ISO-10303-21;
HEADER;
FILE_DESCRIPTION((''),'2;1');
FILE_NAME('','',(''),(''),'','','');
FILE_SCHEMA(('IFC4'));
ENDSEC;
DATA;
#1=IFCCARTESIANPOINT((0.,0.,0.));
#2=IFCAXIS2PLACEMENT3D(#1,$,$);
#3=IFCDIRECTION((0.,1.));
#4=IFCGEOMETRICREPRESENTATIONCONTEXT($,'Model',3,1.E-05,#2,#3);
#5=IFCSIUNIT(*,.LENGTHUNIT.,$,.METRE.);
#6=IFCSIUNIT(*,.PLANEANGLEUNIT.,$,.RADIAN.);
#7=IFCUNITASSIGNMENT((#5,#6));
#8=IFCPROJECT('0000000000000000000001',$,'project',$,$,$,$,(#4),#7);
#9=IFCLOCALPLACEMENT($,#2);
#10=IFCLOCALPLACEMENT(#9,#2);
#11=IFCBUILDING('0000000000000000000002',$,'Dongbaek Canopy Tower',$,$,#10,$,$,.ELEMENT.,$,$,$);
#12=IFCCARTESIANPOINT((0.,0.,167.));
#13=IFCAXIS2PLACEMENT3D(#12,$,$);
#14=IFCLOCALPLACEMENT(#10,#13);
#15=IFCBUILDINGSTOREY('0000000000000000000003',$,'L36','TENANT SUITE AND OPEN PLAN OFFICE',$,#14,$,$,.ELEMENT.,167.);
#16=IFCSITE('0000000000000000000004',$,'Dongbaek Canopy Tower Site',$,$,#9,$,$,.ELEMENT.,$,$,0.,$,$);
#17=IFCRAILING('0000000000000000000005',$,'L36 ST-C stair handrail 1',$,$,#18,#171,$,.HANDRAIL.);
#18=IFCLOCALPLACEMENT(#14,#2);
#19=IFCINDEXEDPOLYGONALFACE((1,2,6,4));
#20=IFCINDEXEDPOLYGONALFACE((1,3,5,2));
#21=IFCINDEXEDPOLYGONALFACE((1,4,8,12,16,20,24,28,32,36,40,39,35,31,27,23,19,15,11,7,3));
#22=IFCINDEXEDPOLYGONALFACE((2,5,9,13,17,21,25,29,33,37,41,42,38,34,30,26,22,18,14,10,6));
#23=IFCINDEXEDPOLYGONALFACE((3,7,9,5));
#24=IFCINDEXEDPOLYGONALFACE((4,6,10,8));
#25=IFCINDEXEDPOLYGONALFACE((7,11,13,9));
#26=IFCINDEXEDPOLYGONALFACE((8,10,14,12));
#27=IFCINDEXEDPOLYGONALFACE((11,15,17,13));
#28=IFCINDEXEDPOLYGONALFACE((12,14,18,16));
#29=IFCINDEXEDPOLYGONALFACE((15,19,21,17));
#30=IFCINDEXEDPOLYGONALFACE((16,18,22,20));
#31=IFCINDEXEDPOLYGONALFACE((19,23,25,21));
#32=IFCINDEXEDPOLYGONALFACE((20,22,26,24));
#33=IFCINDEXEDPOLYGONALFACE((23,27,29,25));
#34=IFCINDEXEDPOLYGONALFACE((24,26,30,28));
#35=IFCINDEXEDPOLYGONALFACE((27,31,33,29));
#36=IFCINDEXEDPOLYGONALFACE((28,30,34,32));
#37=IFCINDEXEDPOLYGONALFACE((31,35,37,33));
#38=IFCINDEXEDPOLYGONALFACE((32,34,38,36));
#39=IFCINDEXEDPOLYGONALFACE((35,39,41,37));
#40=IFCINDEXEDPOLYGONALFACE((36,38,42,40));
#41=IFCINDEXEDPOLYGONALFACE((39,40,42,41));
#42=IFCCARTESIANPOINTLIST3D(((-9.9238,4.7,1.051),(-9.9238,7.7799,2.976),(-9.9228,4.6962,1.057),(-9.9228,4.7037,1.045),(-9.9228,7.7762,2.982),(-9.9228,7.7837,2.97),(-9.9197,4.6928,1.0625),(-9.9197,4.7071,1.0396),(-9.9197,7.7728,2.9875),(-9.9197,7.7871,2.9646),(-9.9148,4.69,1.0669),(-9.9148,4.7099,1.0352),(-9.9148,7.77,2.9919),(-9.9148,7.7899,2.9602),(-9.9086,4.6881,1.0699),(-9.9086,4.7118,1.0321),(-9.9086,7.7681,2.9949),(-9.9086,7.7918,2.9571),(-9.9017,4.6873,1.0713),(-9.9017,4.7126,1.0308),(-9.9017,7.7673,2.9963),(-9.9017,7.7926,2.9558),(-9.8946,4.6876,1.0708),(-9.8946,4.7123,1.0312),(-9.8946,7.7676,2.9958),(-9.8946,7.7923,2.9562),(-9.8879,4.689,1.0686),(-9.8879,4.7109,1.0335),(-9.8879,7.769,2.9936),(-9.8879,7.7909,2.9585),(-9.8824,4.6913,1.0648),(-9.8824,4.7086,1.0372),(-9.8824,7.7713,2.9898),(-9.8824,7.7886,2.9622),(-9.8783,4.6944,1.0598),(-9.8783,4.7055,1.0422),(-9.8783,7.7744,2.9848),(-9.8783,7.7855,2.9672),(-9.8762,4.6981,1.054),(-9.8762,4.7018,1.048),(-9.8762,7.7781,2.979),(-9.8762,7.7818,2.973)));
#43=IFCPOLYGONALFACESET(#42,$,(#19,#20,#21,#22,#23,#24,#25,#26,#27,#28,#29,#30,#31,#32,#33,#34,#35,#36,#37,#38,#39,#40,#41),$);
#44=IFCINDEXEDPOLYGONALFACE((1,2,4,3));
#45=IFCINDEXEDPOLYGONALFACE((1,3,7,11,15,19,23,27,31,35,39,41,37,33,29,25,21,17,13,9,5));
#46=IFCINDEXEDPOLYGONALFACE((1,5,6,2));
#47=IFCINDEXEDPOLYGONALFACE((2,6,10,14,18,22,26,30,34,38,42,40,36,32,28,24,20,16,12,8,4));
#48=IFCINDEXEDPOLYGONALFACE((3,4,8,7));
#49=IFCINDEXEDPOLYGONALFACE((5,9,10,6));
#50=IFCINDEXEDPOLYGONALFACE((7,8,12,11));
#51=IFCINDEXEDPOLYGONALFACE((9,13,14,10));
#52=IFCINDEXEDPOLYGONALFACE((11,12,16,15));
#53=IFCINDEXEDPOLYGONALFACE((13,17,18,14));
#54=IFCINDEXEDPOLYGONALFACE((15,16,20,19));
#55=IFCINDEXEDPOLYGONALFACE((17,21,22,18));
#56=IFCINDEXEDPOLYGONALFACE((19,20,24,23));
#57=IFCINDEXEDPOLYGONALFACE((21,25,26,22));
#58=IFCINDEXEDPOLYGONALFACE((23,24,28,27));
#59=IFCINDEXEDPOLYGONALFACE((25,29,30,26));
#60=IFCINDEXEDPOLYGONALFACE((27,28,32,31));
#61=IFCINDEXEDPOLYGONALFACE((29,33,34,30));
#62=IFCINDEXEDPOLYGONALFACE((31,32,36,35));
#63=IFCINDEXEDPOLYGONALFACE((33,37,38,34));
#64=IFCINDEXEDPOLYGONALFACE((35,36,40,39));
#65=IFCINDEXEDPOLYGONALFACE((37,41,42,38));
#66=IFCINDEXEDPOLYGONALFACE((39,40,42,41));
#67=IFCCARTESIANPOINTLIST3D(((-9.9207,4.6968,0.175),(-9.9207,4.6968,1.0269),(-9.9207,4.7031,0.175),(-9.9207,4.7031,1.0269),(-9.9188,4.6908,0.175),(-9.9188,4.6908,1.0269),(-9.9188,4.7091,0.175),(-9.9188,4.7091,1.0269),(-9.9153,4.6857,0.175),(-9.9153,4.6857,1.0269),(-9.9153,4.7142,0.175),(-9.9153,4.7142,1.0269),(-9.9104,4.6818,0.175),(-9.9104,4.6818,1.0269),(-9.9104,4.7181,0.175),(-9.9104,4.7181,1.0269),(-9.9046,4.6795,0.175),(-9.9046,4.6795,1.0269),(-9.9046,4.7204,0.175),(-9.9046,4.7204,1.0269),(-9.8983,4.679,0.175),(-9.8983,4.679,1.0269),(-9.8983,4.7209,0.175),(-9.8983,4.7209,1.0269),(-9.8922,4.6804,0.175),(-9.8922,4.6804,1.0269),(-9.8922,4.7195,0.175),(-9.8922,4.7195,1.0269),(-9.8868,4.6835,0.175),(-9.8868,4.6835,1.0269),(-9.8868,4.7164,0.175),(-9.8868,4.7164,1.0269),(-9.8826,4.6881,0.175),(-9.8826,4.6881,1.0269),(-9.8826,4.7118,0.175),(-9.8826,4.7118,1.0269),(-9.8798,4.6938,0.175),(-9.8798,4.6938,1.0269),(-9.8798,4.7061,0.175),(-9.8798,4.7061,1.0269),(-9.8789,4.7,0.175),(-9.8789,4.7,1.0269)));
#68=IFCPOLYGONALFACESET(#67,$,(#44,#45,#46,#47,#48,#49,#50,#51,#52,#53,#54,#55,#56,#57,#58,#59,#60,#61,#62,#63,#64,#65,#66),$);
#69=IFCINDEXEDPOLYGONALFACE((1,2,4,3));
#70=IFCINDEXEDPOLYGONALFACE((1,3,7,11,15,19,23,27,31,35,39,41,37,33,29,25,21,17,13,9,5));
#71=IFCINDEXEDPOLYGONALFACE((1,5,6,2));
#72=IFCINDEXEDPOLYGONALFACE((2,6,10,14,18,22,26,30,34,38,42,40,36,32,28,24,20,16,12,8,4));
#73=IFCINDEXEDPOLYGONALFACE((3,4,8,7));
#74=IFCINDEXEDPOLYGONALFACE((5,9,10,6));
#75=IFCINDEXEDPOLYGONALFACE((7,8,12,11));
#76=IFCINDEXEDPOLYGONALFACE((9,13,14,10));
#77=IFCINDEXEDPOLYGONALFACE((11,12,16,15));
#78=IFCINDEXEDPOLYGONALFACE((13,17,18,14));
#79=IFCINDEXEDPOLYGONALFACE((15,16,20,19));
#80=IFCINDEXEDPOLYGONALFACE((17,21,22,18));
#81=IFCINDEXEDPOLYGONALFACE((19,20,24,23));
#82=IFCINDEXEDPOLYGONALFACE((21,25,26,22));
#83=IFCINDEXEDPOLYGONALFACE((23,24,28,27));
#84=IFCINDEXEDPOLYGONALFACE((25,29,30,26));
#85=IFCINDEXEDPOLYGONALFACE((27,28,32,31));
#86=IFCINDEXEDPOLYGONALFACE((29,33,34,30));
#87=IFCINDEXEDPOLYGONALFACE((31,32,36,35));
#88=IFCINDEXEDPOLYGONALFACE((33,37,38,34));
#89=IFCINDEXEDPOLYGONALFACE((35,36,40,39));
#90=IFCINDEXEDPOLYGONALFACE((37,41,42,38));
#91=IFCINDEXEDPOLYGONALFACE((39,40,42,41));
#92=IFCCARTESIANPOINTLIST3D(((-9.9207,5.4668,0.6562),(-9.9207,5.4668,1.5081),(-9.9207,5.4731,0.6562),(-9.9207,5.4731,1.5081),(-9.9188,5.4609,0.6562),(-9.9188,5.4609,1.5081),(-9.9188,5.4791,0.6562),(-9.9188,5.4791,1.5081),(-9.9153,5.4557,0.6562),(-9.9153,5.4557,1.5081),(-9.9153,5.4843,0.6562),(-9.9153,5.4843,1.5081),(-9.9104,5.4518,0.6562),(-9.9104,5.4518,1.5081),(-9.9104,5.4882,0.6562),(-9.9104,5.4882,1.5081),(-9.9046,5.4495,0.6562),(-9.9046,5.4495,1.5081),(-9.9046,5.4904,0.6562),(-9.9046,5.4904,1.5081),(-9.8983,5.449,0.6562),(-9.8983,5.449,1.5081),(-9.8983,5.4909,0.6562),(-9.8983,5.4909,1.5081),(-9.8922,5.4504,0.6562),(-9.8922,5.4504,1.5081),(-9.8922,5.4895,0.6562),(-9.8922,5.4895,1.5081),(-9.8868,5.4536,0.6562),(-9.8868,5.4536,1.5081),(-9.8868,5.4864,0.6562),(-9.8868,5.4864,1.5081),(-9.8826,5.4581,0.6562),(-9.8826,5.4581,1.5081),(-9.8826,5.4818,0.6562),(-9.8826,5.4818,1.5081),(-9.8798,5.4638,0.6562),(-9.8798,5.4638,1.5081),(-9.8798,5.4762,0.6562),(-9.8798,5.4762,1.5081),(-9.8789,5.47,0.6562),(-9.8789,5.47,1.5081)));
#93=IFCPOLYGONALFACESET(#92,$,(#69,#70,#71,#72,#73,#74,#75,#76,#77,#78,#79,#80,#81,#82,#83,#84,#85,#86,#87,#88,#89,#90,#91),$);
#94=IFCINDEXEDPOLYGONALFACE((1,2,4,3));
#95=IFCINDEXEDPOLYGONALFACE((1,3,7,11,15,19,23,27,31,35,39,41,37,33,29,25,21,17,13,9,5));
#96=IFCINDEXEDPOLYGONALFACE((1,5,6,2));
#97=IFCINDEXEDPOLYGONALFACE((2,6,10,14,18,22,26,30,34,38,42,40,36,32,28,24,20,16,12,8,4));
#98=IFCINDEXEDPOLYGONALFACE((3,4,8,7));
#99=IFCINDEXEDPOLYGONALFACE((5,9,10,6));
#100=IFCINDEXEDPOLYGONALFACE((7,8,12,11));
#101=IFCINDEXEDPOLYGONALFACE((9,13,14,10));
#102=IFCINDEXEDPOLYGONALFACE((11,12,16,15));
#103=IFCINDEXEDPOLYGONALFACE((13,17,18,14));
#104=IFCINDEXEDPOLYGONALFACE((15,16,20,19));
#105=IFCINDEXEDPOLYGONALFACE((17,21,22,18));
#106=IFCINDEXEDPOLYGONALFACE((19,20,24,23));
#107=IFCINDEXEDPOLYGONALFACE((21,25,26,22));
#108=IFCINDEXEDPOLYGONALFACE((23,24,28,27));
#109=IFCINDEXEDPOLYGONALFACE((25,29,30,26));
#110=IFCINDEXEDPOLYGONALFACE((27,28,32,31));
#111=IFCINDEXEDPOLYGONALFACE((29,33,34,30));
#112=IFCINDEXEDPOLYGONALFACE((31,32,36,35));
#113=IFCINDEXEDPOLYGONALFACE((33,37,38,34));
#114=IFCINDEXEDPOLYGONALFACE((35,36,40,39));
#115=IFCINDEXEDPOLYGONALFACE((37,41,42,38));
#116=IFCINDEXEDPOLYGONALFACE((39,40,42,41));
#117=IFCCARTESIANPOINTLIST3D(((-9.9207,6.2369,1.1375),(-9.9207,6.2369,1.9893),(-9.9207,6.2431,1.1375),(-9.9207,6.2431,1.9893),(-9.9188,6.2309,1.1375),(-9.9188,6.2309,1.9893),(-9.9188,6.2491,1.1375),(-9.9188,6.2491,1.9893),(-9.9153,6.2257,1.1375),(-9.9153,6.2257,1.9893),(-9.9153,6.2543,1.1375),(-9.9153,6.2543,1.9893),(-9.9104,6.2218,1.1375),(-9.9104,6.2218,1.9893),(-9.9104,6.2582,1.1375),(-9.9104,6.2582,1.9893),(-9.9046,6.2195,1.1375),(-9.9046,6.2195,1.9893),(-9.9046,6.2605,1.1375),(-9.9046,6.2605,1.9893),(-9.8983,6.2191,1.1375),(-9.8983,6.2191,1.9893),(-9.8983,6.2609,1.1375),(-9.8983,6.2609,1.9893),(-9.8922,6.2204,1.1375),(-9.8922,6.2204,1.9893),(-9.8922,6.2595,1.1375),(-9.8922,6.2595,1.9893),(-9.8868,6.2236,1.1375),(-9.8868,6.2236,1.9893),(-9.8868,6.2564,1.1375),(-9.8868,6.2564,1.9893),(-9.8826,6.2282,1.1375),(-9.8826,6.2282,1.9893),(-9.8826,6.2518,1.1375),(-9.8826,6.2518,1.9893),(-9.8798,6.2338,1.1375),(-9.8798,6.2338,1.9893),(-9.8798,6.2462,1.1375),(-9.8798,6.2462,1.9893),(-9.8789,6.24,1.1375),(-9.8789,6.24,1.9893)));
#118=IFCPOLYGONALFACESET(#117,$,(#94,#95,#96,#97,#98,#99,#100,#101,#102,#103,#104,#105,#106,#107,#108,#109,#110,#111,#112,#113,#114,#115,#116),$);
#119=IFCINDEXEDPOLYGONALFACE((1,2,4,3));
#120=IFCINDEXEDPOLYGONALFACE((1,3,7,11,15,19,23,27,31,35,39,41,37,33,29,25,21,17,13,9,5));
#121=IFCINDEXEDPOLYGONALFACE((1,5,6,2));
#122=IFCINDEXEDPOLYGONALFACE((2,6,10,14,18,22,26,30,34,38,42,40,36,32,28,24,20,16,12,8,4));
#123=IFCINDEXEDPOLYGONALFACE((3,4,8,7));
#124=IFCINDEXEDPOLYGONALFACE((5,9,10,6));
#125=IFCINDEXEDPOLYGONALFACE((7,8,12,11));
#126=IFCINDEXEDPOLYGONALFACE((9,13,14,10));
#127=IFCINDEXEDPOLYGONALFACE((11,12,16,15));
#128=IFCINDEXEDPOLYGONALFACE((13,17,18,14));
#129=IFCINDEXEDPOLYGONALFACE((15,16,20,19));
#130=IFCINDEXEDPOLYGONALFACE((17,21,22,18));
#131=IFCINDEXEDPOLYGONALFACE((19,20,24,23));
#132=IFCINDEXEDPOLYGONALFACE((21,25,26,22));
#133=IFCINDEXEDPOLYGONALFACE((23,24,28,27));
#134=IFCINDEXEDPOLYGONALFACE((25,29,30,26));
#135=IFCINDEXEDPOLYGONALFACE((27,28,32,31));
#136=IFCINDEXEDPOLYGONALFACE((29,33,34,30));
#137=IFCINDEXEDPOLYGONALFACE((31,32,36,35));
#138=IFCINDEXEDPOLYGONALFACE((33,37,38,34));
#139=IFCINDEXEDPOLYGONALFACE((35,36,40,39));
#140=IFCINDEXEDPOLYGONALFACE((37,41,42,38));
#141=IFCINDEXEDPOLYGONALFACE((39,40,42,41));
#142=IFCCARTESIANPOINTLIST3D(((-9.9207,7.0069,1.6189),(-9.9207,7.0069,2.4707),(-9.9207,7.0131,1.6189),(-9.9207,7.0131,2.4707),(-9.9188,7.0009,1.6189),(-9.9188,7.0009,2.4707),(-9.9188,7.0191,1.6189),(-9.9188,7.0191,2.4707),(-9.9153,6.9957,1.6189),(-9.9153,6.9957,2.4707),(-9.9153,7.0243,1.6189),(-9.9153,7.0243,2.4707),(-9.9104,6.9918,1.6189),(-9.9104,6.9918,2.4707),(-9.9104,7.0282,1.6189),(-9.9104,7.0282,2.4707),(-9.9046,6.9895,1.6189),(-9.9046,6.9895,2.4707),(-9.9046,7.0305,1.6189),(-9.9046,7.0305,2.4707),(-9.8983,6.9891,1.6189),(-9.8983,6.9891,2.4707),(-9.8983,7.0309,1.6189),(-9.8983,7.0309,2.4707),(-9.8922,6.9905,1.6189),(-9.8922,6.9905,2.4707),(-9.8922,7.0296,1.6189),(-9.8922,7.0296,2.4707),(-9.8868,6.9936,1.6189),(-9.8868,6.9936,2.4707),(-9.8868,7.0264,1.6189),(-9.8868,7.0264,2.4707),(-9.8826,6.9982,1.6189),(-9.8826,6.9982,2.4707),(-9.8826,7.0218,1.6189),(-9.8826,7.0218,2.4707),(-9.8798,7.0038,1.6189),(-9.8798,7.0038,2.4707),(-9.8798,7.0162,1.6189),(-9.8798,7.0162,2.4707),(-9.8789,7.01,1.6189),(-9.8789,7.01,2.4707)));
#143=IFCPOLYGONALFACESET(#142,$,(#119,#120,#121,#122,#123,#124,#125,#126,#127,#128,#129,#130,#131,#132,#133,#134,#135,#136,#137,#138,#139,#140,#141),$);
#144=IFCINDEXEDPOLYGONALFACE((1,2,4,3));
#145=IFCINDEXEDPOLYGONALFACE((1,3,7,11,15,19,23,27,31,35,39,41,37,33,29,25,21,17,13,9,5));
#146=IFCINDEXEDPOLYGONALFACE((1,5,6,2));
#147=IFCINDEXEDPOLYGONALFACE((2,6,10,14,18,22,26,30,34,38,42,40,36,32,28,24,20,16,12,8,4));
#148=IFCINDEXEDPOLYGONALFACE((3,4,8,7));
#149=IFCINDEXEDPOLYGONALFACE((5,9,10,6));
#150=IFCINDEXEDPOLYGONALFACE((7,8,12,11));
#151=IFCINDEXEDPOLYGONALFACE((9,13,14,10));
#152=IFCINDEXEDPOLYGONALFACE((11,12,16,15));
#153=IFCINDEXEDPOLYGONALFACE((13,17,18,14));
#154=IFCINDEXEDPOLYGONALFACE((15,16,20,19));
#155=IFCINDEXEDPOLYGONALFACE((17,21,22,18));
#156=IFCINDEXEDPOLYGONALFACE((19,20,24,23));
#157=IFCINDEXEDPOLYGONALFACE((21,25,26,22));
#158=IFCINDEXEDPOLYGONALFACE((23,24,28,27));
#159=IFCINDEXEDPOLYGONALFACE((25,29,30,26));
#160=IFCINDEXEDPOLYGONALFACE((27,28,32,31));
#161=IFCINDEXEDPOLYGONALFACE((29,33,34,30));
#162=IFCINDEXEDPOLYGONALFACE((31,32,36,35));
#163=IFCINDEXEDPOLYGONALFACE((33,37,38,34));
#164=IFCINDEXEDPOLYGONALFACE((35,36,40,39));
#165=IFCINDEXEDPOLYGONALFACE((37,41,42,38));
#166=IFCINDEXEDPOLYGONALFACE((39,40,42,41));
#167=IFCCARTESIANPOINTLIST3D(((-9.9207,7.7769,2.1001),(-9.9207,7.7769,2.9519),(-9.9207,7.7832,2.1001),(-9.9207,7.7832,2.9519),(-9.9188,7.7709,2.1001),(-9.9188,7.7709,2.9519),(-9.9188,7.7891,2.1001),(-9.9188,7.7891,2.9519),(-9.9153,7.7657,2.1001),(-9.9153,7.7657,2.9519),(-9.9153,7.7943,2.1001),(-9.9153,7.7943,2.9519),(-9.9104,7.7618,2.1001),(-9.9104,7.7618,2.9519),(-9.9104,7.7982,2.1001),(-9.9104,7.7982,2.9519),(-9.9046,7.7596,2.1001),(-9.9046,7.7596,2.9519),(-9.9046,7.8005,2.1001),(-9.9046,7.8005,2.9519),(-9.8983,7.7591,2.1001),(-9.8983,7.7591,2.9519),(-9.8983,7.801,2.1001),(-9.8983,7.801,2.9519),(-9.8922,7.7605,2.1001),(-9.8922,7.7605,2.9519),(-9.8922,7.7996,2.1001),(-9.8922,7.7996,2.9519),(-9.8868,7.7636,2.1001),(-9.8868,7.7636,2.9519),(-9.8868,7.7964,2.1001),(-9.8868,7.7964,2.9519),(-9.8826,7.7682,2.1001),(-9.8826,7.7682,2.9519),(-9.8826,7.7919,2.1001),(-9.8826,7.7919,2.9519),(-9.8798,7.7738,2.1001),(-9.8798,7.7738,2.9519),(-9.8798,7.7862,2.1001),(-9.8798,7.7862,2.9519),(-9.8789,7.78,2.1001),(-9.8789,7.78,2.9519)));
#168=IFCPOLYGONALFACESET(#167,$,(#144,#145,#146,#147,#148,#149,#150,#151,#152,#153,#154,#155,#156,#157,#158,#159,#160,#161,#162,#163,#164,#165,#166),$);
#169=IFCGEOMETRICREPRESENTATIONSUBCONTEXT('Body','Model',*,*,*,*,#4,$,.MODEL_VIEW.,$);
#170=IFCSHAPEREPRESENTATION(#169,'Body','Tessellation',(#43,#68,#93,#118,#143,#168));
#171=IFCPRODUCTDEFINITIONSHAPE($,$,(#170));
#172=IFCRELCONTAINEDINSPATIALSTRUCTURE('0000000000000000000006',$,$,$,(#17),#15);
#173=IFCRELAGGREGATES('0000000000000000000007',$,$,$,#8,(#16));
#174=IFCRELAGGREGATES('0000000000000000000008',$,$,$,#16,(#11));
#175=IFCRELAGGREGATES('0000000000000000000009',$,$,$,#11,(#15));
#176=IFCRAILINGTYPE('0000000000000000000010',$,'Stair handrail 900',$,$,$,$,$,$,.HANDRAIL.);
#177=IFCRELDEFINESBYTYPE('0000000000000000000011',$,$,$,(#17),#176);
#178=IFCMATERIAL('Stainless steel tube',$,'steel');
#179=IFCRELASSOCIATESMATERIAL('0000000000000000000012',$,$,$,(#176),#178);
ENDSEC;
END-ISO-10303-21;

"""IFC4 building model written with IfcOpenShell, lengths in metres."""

from ifc_helpers import new_model, si_unit, direction, frame, origin, origin_2d, place, context, subcontext, project, spatial, circle, extrude, material, type_object, element, save


model = new_model("IFC4")

# Units and contexts
model_context = context("Model", 3, precision=1e-05, world=origin(), true_north=direction((0.0, 1.0)))
body_context = subcontext(model_context, "Body", "Model", "MODEL_VIEW")
ifc_project = project(units=[si_unit("LENGTHUNIT", "METRE"), si_unit("PLANEANGLEUNIT", "RADIAN")], contexts=[model_context])

# Site, building, storey
site_placement = place(None, origin())
site = spatial("IfcSite", under=ifc_project, at=site_placement, Name="Dongbaek Canopy Tower Site", CompositionType="ELEMENT", RefElevation=0.0)
building_placement = place(site_placement, origin())
building = spatial("IfcBuilding", under=site, at=building_placement, Name="Dongbaek Canopy Tower", CompositionType="ELEMENT")
storey_placement = place(building_placement, frame((0.0, 0.0, 167.0)))
storey = spatial("IfcBuildingStorey", under=building, at=storey_placement, Name="L36", Description="TENANT SUITE AND OPEN PLAN OFFICE", CompositionType="ELEMENT", Elevation=167.0)

# Railing
ifc_material_1 = material(Name="Stainless steel tube", Category="steel")
railing_type_1 = type_object("IfcRailingType", Name="Stair handrail 900", PredefinedType="HANDRAIL", material=ifc_material_1)
railing_1_placement = place(storey_placement, frame((-9.8999, 4.7, 0.175)))
element("IfcRailing", 1, at=railing_1_placement, inside=storey, type_object=railing_type_1, Name="L36 ST-C stair handrail 1", PredefinedType="HANDRAIL", context=body_context, shape_type="SweptSolid", body=[
    extrude(circle(Radius=0.0239, at=origin_2d()), frame((0.0, 0.0, 0.876), z_axis=(0.0, 0.847998, 0.529999), x_axis=(-1.0, 0.0, 0.0)), (0.0, 0.0, 1.0), 3.6321),
    extrude(circle(Radius=0.021, at=origin_2d()), origin(), (0.0, 0.0, 1.0), 0.8518),
    extrude(circle(Radius=0.021, at=origin_2d()), frame((0.0, 0.77, 0.4812)), (0.0, 0.0, 1.0), 0.8518),
    extrude(circle(Radius=0.021, at=origin_2d()), frame((0.0, 1.54, 0.9624)), (0.0, 0.0, 1.0), 0.8518),
    extrude(circle(Radius=0.021, at=origin_2d()), frame((0.0, 2.3101, 1.4438)), (0.0, 0.0, 1.0), 0.8518),
    extrude(circle(Radius=0.021, at=origin_2d()), frame((0.0, 3.0801, 1.925)), (0.0, 0.0, 1.0), 0.8518),
])

save(model, "model.ifc")
